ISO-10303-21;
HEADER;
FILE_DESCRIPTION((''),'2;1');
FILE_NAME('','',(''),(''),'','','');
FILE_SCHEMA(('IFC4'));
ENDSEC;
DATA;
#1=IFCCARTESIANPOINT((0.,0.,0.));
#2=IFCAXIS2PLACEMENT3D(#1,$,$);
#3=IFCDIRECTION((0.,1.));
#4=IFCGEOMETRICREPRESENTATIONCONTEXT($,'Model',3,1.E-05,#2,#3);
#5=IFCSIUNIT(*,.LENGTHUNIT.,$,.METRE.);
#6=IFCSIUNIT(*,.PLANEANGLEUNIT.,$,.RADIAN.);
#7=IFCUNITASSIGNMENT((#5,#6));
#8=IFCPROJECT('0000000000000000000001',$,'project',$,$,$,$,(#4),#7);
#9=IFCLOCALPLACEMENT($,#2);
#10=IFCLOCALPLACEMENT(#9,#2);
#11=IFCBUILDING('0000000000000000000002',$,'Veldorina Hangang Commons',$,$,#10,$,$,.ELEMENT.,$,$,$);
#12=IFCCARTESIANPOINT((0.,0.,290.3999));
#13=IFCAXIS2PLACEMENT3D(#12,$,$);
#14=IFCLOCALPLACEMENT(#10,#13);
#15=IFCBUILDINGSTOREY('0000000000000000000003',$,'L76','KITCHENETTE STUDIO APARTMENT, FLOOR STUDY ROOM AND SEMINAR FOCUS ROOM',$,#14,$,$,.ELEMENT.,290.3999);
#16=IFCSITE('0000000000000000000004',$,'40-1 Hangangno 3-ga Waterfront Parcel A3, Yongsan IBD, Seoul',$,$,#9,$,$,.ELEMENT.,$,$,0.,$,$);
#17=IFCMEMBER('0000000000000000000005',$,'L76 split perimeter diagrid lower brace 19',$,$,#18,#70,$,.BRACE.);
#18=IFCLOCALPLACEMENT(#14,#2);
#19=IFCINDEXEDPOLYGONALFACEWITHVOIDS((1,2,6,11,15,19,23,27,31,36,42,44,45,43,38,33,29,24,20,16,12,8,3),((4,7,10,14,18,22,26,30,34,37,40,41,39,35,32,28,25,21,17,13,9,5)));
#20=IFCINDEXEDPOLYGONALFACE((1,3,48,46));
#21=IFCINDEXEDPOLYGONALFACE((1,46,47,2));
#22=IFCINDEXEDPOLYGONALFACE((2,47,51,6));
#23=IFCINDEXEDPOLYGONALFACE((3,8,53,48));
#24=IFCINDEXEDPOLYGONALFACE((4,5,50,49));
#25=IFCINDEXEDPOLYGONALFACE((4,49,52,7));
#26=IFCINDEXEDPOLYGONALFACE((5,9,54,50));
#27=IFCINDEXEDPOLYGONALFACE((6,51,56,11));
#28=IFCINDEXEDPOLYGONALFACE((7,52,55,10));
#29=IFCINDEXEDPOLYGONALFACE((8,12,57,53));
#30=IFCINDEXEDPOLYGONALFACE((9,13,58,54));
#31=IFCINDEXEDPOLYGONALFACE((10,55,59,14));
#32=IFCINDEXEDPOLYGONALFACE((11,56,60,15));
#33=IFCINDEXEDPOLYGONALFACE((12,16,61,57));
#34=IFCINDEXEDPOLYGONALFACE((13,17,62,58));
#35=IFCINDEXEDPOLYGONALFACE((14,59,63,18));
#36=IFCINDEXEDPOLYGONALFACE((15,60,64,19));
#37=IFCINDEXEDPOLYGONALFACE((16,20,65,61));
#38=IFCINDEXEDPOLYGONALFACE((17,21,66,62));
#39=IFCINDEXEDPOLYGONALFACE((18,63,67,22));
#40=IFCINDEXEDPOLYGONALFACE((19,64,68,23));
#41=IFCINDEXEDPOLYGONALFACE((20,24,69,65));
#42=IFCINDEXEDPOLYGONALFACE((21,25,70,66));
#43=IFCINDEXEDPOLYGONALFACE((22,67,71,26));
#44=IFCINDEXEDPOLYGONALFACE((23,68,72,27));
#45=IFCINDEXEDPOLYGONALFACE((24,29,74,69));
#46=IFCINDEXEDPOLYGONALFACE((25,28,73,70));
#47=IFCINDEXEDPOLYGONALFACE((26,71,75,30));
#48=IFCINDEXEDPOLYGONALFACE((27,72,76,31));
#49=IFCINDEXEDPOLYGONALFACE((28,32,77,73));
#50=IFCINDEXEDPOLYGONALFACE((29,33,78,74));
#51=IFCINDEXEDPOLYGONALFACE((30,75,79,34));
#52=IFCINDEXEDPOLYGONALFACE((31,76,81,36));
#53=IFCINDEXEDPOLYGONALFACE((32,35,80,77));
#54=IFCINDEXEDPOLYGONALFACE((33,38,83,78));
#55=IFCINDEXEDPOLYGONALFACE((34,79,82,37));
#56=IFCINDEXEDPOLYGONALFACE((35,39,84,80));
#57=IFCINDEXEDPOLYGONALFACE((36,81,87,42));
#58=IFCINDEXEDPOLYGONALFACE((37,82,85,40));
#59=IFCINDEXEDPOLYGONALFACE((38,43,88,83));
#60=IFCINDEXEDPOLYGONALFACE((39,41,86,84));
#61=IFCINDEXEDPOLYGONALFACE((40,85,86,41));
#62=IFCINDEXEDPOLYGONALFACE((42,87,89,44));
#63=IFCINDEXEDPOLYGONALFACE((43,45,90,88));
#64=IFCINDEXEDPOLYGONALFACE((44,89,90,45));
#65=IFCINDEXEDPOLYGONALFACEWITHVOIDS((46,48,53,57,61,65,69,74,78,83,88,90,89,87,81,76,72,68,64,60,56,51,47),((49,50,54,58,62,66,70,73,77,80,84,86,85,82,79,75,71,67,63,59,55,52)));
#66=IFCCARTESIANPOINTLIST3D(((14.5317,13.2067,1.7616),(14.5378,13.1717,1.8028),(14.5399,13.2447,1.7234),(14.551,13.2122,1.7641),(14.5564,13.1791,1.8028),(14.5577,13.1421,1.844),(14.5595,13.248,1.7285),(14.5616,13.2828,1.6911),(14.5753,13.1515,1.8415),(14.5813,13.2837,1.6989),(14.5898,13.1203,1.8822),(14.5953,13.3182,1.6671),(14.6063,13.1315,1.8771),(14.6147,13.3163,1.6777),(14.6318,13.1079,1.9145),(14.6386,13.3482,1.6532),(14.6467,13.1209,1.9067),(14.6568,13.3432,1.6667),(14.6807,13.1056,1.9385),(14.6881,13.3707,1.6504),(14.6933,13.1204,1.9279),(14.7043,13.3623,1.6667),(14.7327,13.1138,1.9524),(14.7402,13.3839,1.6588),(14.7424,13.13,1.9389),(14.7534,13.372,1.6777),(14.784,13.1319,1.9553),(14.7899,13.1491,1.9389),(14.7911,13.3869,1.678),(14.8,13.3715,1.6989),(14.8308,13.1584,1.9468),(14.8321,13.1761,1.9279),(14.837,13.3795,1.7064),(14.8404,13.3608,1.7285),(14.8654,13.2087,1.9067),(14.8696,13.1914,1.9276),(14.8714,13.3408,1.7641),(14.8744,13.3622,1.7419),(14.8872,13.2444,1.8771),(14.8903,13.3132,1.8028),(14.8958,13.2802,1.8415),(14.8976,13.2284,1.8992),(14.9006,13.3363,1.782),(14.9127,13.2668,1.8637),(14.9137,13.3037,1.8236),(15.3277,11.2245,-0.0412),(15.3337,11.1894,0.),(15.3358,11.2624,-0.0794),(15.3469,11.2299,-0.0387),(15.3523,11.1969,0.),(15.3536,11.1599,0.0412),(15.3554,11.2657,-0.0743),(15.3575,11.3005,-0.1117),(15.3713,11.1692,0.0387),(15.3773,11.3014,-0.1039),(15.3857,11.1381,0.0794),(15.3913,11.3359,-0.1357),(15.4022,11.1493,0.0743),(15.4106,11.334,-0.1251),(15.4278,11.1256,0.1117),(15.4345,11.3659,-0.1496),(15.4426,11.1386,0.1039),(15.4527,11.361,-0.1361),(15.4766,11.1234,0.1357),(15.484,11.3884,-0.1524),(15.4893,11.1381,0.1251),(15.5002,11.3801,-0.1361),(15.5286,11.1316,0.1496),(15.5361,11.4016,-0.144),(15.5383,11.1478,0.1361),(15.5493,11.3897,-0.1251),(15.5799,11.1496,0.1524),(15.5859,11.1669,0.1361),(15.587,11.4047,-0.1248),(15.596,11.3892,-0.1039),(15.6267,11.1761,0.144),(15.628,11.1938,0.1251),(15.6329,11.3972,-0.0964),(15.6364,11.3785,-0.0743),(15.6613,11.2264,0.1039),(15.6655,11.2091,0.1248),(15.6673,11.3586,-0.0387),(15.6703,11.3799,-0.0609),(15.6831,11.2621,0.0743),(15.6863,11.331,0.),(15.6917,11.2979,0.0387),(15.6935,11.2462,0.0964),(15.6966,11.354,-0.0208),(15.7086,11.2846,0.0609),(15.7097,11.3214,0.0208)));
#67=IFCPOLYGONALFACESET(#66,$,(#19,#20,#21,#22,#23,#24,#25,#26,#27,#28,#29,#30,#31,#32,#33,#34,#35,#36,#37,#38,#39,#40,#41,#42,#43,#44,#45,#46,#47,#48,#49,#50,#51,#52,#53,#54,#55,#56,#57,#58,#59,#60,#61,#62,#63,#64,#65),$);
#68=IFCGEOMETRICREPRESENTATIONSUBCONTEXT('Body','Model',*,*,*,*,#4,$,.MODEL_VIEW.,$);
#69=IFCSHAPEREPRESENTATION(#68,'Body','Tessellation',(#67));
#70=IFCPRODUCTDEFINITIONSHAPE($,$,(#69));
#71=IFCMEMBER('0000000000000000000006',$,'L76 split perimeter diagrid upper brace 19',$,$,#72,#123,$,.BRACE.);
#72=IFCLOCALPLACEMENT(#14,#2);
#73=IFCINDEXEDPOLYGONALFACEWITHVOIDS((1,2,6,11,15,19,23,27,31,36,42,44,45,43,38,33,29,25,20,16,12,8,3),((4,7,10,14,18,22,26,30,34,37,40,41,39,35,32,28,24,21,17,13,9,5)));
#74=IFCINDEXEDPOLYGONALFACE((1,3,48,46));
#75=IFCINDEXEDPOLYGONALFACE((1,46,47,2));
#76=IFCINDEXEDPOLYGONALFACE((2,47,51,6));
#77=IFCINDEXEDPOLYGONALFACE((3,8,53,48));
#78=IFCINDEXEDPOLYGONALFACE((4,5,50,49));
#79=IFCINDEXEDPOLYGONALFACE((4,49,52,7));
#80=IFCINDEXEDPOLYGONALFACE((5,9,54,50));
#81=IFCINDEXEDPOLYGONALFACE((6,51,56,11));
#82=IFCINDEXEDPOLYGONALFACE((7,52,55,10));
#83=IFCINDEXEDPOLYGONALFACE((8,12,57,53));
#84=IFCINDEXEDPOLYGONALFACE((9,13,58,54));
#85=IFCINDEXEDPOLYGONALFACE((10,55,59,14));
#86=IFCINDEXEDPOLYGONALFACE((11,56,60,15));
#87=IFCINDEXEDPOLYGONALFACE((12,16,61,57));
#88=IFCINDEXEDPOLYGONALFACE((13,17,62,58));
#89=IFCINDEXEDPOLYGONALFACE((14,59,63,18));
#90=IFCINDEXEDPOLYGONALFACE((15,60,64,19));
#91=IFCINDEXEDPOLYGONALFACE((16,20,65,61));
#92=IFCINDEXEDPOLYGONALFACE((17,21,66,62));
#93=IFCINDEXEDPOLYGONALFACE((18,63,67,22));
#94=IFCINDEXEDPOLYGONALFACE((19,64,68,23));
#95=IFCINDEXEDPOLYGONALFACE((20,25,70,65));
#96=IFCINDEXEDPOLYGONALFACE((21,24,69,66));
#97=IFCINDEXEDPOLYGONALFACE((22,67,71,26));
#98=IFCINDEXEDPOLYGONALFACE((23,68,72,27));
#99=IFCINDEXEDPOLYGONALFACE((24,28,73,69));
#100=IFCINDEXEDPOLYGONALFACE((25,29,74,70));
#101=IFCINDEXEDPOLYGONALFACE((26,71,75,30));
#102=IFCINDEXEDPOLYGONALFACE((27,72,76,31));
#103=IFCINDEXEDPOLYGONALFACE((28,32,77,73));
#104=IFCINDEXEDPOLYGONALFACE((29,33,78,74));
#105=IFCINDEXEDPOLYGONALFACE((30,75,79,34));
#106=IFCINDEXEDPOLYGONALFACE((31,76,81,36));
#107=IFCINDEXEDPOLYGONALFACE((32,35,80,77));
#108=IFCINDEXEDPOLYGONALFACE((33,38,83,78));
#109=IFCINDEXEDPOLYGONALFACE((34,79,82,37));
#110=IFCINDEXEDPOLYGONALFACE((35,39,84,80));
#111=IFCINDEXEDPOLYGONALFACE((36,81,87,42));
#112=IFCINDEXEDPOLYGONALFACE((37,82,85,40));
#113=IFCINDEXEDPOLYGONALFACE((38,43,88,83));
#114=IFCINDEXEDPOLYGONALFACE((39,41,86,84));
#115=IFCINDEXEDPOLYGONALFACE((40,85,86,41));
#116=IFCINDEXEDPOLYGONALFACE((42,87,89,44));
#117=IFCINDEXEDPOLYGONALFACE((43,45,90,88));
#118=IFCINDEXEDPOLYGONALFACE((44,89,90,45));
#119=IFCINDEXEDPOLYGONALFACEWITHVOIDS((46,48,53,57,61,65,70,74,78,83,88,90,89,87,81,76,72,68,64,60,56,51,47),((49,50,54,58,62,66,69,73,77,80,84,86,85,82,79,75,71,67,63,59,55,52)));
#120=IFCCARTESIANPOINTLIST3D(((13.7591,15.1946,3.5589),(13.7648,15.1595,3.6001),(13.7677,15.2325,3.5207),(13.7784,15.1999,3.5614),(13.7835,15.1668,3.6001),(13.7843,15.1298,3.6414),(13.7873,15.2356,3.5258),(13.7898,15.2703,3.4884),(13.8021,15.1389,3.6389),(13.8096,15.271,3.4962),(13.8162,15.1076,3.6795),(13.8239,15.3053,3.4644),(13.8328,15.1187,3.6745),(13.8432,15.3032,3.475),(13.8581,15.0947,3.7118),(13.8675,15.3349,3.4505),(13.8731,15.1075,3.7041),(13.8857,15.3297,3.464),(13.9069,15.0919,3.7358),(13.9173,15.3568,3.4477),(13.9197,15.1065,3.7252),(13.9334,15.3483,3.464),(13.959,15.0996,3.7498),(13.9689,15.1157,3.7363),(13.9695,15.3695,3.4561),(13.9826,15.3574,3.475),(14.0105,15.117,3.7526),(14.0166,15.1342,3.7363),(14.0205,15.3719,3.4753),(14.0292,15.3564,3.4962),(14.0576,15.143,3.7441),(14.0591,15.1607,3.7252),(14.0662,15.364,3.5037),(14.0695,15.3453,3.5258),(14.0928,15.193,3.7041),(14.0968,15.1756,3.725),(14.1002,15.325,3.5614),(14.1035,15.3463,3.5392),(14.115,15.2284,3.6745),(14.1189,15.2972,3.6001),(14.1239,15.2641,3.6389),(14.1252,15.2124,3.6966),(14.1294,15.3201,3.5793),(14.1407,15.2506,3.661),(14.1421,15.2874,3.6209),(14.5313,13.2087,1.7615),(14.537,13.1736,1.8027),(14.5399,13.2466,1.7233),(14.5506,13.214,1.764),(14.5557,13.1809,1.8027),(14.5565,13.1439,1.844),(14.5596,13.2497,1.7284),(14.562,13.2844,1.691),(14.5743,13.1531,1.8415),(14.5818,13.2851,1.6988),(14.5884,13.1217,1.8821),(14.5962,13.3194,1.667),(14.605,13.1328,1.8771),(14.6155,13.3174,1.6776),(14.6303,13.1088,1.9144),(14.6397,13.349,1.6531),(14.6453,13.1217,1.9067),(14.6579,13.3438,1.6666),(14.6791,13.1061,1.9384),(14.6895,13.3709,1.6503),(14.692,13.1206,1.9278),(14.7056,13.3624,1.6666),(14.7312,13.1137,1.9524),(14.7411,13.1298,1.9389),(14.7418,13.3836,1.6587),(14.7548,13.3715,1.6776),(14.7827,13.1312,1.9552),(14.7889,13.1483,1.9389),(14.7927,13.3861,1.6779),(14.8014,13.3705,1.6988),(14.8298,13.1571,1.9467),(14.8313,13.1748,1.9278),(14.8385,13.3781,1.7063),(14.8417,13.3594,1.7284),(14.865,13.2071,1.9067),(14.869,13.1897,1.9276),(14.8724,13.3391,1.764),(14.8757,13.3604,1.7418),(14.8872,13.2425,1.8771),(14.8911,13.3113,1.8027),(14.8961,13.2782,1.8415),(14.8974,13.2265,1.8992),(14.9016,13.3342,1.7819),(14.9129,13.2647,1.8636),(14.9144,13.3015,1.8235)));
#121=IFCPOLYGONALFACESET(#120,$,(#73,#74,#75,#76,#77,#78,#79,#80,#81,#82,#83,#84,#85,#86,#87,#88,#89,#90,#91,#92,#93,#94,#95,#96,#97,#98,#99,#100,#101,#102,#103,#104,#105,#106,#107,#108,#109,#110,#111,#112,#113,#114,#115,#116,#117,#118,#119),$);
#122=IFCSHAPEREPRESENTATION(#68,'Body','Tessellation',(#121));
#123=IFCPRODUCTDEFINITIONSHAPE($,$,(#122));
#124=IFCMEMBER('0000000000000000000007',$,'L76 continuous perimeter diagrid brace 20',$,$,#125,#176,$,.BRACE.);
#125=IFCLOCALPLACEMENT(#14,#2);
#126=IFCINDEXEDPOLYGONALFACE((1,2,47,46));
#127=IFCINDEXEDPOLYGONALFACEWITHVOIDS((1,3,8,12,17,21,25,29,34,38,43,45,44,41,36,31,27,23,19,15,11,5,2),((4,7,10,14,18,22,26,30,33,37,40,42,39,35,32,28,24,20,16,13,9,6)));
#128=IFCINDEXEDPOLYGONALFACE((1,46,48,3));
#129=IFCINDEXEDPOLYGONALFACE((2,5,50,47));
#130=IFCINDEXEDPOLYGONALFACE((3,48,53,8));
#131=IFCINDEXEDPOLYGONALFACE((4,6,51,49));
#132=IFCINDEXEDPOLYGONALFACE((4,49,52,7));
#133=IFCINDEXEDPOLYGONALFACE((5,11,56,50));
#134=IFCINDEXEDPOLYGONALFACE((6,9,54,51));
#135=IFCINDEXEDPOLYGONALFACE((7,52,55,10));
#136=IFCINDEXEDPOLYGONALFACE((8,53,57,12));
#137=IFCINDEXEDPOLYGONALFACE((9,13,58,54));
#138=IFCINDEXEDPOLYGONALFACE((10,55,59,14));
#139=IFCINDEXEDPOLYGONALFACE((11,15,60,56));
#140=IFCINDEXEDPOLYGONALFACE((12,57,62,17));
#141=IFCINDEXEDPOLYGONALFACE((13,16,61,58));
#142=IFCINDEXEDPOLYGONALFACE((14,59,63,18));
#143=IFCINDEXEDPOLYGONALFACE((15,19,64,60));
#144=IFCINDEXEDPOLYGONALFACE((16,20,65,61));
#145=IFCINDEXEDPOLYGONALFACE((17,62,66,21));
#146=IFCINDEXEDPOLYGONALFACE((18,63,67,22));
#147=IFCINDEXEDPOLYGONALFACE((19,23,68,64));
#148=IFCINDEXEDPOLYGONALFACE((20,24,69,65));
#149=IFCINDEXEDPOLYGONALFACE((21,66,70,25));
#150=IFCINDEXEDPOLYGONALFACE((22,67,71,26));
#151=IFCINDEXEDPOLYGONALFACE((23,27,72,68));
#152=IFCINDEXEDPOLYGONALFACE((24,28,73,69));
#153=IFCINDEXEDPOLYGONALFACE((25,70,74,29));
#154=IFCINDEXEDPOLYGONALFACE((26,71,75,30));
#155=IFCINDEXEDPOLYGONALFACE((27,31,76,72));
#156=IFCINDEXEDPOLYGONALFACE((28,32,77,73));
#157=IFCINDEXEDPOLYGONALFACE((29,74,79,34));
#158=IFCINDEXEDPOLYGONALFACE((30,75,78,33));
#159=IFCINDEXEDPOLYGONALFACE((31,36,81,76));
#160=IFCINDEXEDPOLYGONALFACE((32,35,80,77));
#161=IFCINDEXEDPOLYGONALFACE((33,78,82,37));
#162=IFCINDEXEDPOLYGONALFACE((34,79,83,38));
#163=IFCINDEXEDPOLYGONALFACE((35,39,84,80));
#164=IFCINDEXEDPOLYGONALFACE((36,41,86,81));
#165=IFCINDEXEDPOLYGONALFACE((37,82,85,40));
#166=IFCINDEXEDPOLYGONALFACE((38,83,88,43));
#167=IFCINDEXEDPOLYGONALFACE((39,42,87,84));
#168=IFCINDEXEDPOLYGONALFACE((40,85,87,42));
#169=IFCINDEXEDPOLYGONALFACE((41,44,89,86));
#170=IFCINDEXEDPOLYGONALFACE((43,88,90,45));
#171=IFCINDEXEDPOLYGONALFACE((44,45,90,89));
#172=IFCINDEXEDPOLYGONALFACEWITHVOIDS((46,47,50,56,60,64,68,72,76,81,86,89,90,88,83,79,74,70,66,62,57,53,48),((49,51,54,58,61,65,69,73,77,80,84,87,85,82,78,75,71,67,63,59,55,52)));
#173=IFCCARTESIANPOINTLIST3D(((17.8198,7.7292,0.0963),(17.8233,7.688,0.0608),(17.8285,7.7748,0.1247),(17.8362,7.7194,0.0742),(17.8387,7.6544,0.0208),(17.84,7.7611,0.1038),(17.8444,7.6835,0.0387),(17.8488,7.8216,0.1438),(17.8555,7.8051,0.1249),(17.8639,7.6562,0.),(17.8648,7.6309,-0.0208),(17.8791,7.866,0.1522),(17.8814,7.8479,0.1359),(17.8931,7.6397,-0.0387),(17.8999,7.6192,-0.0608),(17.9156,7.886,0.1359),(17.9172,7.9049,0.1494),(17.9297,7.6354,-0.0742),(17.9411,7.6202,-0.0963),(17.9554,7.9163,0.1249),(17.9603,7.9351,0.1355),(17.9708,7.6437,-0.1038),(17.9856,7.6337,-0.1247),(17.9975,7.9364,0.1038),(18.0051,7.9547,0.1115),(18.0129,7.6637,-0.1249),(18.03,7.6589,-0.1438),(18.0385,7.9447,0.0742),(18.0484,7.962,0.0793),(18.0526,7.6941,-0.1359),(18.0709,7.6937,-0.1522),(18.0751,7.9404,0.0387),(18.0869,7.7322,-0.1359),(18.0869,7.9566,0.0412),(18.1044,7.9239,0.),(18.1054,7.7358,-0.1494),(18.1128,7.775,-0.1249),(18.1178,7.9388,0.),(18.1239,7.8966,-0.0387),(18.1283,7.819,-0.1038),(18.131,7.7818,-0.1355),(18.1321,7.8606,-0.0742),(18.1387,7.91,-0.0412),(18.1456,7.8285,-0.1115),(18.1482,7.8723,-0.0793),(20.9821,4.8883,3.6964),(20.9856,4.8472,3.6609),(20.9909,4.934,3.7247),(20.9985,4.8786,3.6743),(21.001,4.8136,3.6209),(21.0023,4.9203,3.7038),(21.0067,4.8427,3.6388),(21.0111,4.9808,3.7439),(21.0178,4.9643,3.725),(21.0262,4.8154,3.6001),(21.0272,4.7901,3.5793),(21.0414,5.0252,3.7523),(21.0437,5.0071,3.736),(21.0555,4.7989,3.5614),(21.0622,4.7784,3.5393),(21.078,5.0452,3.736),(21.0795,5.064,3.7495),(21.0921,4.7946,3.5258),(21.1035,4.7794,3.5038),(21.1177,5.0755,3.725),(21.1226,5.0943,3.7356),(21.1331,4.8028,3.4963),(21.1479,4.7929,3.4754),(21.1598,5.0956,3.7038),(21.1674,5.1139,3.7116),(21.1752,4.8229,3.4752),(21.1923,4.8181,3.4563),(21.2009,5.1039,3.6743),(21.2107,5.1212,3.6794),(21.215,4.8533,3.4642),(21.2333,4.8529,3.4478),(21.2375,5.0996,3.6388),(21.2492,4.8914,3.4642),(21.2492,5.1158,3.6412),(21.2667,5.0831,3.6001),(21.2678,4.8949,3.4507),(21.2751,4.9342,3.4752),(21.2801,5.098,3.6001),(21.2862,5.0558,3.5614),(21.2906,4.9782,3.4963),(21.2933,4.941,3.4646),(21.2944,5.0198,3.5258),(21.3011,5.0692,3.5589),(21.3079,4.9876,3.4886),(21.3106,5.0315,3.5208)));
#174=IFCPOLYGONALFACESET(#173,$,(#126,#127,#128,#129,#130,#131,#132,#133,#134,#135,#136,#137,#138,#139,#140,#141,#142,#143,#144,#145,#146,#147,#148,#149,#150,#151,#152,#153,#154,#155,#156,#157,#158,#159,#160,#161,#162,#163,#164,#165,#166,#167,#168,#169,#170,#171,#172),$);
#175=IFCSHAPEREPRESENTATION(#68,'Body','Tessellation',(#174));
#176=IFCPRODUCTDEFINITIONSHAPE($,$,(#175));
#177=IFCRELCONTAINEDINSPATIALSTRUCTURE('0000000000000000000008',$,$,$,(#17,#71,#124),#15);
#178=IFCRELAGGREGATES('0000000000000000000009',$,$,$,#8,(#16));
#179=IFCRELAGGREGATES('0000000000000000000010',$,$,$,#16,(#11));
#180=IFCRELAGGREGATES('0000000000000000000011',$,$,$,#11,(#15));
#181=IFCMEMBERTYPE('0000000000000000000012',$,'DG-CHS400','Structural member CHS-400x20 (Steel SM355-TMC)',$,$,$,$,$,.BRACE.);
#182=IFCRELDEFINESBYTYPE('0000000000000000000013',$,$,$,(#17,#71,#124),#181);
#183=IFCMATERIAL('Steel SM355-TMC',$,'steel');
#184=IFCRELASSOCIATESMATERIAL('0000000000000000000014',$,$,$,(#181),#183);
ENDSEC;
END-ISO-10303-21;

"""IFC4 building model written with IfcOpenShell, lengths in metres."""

from ifc_helpers import new_model, si_unit, direction, frame, origin, origin_2d, place, context, subcontext, project, spatial, hollow_circle, extrude, material, material_profile, profile_set, type_object, element, save


model = new_model("IFC4")

# Units and contexts
model_context = context("Model", 3, precision=1e-05, world=origin(), true_north=direction((0.0, 1.0)))
body_context = subcontext(model_context, "Body", "Model", "MODEL_VIEW")
ifc_project = project(units=[si_unit("LENGTHUNIT", "METRE"), si_unit("PLANEANGLEUNIT", "RADIAN")], contexts=[model_context])

# Site, building, storey
site_placement = place(None, origin())
site = spatial("IfcSite", under=ifc_project, at=site_placement, Name="40-1 Hangangno 3-ga Waterfront Parcel A3, Yongsan IBD, Seoul", CompositionType="ELEMENT", RefElevation=0.0)
building_placement = place(site_placement, origin())
building = spatial("IfcBuilding", under=site, at=building_placement, Name="Veldorina Hangang Commons", CompositionType="ELEMENT")
storey_placement = place(building_placement, frame((0.0, 0.0, 290.3999)))
storey = spatial("IfcBuildingStorey", under=building, at=storey_placement, Name="L76", Description="KITCHENETTE STUDIO APARTMENT, FLOOR STUDY ROOM AND SEMINAR FOCUS ROOM", CompositionType="ELEMENT", Elevation=290.3999)

# Shared definitions
ifc_material_1 = material(Name="Steel SM355-TMC", Category="steel")

# Members
ifc_material_profile_1 = material_profile(ifc_material_1, hollow_circle(Radius=0.2, WallThickness=0.02, at=origin_2d()), Name="CHS-400x20")
ifc_profile_set_1 = profile_set([ifc_material_profile_1], Name="Steel SM355-TMC")
member_type_1 = type_object("IfcMemberType", Name="DG-CHS400", Description="Structural member CHS-400x20 (Steel SM355-TMC)", PredefinedType="BRACE", material=ifc_profile_set_1)
member_1_placement = place(storey_placement, frame((15.5193, 11.2639, 0.0), z_axis=(-0.284752, 0.709173, 0.644973), x_axis=(-0.927987, -0.372612, 0.0)))
element("IfcMember", 1, at=member_1_placement, inside=storey, type_object=member_type_1, Name="L76 split perimeter diagrid lower brace 19", PredefinedType="BRACE", context=body_context, shape_type="SweptSolid", body=[
    extrude(hollow_circle(Radius=0.2, WallThickness=0.02, at=origin_2d()), origin(), (0.0, 0.0, 1.0), 2.7952),
])
member_2_placement = place(storey_placement, frame((14.7234, 13.2461, 1.8027), z_axis=(-0.277024, 0.712398, 0.644784), x_axis=(-0.932013, -0.362424, 0.0)))
element("IfcMember", 2, at=member_2_placement, inside=storey, type_object=member_type_1, Name="L76 split perimeter diagrid upper brace 19", PredefinedType="BRACE", context=body_context, shape_type="SweptSolid", body=[
    extrude(hollow_circle(Radius=0.2, WallThickness=0.02, at=origin_2d()), origin(), (0.0, 0.0, 1.0), 2.7876),
])
member_3_placement = place(storey_placement, frame((17.9841, 7.79, 0.0), z_axis=(0.567688, -0.509968, 0.646269), x_axis=(0.668276, 0.743914, 0.0)))
element("IfcMember", 3, at=member_3_placement, inside=storey, type_object=member_type_1, Name="L76 continuous perimeter diagrid brace 20", PredefinedType="BRACE", context=body_context, shape_type="SweptSolid", body=[
    extrude(hollow_circle(Radius=0.2, WallThickness=0.02, at=origin_2d()), origin(), (0.0, 0.0, 1.0), 5.5706),
])

save(model, "model.ifc")
